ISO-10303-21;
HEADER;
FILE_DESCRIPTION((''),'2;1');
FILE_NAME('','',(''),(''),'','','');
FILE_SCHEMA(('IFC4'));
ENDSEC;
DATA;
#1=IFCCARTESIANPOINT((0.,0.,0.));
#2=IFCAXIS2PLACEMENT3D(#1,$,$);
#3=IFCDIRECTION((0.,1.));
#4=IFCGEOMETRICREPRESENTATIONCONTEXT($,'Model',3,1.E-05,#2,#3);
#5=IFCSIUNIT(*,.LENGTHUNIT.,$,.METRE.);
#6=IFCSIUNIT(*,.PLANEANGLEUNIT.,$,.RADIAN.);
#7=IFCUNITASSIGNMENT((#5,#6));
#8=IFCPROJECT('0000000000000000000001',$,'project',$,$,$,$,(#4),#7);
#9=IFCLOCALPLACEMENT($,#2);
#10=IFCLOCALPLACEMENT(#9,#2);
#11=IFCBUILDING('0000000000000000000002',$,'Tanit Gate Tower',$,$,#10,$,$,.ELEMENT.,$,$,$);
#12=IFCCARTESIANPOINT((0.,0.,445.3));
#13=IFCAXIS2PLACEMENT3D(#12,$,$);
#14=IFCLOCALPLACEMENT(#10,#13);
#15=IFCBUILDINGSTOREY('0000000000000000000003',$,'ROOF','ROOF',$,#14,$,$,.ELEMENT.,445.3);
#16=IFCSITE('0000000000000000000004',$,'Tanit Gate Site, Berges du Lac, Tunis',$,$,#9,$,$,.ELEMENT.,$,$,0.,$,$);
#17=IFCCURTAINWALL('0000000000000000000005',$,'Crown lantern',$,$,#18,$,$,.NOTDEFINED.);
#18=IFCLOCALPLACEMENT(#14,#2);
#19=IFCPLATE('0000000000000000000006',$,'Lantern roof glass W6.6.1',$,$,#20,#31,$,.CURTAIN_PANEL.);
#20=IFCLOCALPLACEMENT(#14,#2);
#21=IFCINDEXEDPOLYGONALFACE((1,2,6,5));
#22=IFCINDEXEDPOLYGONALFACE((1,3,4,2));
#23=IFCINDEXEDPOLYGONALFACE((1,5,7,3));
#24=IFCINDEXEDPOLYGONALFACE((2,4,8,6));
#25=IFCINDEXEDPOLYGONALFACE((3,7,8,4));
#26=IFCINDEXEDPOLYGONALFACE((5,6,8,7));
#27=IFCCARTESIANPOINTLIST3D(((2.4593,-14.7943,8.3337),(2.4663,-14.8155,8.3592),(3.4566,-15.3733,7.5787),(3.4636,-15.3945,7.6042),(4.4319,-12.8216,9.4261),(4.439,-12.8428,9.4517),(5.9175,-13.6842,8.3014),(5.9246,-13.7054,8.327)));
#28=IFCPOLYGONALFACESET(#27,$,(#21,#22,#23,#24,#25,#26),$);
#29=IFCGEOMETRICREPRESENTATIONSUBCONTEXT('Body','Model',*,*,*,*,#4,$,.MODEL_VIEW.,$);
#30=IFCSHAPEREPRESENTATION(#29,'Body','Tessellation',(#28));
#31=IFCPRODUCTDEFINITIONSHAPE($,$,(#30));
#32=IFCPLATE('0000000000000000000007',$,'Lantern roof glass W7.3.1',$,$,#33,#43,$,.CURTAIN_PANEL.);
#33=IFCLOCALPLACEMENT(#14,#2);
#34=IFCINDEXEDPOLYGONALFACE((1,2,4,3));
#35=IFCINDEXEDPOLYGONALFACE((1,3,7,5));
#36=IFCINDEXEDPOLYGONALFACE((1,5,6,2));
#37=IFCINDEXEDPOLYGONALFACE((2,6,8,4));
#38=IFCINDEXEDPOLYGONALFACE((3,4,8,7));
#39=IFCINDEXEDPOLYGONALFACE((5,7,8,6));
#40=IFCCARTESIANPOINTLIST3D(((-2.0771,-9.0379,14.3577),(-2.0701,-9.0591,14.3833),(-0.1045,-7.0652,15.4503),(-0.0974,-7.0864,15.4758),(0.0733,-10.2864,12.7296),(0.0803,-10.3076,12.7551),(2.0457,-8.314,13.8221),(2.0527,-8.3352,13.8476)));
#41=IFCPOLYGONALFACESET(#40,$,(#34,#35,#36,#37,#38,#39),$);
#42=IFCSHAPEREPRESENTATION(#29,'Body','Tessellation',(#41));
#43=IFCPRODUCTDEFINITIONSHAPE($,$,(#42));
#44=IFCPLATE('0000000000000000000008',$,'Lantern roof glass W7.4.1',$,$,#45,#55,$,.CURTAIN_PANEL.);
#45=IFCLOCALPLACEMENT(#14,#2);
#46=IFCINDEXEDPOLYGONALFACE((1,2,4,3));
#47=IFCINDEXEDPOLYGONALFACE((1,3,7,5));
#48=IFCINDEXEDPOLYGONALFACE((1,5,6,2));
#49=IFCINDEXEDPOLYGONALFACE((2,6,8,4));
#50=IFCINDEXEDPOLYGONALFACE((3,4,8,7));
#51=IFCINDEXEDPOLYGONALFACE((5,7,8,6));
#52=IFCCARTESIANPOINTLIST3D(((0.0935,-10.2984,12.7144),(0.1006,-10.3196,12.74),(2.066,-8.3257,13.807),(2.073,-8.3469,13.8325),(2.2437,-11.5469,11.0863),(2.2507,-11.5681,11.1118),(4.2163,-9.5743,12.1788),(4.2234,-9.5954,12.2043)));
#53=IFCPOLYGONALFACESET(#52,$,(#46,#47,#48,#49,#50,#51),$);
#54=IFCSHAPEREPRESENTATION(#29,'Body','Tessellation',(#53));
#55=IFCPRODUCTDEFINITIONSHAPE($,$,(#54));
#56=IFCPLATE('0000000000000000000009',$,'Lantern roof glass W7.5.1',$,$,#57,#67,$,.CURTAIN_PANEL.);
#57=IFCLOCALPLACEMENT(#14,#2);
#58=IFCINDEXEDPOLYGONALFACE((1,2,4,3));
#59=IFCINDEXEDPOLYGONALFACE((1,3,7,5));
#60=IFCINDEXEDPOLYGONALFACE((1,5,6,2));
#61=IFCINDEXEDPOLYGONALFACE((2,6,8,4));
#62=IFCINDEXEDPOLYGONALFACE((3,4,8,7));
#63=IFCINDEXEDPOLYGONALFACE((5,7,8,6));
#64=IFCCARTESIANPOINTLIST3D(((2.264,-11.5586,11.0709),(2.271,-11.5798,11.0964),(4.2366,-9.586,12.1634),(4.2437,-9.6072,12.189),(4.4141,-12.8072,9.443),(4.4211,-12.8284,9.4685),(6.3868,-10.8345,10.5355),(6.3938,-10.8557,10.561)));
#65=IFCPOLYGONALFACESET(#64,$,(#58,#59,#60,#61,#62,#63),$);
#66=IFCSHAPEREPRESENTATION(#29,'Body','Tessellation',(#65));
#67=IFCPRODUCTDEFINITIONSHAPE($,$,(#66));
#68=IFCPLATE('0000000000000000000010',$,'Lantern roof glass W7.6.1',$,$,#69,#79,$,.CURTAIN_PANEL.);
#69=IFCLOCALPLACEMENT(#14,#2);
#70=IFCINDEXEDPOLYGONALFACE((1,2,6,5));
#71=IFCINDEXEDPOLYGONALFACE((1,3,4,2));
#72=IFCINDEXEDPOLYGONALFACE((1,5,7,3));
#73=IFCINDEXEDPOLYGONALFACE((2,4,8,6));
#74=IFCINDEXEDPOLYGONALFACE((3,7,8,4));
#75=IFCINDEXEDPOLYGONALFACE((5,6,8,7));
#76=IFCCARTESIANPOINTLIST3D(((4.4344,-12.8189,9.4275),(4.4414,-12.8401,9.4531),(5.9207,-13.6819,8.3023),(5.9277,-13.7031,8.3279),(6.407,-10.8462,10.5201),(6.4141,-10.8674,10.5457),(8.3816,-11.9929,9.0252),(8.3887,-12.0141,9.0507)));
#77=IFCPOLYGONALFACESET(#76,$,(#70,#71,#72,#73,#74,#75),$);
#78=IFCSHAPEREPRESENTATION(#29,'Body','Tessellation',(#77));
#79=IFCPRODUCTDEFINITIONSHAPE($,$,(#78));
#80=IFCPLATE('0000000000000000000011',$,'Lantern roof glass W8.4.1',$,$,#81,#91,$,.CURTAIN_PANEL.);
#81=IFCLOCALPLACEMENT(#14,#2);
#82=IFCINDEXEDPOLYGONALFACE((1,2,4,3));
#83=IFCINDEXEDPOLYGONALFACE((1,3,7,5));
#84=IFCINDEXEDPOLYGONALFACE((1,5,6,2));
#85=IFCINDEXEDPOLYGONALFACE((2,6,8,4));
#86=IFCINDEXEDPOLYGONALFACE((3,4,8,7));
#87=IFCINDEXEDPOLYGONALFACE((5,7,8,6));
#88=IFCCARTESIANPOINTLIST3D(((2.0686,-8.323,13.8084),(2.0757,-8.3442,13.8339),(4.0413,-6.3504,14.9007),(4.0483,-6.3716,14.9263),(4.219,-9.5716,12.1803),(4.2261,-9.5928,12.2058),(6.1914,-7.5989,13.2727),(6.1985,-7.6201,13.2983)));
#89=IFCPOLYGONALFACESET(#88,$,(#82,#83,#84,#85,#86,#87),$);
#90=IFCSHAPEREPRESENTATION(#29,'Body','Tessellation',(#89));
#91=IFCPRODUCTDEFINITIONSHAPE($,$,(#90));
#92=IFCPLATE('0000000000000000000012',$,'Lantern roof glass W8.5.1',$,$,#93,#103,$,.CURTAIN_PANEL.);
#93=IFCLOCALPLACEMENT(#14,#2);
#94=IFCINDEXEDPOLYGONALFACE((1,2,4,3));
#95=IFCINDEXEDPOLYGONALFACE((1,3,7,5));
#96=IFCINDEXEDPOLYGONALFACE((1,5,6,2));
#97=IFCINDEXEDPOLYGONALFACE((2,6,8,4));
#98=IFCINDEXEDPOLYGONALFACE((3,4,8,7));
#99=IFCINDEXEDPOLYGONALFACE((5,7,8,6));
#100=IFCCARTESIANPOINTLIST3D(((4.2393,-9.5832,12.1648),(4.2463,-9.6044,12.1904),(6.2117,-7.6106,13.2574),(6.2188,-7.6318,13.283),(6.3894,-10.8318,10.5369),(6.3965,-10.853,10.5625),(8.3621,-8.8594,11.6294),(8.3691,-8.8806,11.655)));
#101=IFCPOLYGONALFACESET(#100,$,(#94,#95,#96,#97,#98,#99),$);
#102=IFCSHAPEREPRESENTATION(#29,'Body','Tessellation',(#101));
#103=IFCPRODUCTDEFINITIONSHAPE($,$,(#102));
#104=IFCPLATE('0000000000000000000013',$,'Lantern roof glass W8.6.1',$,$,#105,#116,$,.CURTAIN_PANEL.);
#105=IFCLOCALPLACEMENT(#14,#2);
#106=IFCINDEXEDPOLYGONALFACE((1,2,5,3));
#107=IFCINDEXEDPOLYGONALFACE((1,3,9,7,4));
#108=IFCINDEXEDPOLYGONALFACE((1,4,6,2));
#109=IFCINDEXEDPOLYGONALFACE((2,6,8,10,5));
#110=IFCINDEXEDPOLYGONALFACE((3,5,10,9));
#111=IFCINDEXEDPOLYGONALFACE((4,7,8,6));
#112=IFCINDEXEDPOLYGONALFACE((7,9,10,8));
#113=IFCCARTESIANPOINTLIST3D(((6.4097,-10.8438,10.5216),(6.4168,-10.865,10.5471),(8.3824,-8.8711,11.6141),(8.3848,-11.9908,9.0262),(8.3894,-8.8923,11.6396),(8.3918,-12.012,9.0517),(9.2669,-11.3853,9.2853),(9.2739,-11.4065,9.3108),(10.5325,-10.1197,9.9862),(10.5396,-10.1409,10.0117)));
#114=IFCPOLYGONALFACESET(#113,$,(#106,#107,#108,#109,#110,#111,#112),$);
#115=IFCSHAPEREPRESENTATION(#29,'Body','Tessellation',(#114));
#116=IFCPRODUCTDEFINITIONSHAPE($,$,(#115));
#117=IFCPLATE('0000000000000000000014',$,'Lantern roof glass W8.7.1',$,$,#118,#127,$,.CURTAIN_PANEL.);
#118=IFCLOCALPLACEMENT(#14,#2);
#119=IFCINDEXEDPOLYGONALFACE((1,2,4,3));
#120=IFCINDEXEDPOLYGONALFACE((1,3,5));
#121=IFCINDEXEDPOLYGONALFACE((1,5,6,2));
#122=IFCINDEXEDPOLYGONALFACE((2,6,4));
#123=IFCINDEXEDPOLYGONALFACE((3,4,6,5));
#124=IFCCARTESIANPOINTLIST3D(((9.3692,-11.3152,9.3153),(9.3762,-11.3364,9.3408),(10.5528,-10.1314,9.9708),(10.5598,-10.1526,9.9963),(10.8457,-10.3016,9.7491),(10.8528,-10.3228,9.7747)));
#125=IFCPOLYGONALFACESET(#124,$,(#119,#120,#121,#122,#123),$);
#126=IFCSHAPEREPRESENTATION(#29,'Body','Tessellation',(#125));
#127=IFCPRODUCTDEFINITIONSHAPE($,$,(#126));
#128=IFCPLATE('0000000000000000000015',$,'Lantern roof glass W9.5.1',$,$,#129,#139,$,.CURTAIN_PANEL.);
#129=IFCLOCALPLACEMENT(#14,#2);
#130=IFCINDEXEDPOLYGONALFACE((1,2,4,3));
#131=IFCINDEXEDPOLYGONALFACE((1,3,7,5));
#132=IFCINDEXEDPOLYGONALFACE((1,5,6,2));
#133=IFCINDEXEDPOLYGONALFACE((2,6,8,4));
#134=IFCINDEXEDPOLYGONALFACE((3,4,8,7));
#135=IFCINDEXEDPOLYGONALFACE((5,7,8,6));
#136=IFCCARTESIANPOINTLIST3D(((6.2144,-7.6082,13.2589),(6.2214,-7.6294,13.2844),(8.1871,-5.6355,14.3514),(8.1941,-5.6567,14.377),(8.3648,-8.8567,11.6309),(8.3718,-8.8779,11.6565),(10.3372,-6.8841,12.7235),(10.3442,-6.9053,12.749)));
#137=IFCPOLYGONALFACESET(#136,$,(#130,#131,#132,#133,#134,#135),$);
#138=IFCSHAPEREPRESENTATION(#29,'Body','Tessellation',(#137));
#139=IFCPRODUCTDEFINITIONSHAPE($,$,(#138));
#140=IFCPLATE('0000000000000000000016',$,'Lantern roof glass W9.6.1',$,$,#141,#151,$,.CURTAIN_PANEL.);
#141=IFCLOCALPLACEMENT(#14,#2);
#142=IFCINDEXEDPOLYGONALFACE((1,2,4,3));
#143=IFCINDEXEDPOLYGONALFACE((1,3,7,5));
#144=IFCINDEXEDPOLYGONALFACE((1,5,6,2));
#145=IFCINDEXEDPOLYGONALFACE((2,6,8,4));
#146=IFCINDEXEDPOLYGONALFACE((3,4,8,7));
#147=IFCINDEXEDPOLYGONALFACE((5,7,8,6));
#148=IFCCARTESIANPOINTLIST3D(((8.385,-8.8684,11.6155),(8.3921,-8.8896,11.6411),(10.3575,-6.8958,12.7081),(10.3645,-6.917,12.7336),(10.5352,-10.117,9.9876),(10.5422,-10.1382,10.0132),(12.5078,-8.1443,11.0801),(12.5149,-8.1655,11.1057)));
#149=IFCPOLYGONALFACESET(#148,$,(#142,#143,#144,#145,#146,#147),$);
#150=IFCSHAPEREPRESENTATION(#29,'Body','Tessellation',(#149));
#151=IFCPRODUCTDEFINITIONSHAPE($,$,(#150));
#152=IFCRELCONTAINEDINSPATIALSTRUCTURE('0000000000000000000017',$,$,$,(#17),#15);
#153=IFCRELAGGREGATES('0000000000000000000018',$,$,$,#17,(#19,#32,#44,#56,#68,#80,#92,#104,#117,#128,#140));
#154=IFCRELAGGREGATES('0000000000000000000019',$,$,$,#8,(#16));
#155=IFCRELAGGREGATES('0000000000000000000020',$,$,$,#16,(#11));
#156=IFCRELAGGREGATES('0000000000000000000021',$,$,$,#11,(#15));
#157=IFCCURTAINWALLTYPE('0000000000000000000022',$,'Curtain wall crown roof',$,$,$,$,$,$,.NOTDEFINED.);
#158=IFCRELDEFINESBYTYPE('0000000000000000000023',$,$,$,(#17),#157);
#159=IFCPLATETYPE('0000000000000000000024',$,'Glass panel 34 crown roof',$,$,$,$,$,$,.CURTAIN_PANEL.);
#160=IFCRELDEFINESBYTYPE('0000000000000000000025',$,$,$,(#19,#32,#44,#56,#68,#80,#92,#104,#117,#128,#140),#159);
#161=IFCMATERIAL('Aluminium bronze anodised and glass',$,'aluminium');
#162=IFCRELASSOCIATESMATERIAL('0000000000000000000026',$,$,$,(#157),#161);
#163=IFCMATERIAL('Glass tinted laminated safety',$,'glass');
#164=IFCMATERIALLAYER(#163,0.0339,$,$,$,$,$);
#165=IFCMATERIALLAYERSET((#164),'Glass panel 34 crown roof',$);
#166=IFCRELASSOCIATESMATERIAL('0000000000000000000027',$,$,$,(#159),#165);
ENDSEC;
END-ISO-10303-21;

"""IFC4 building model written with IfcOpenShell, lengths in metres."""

from ifc_helpers import new_model, si_unit, direction, frame, origin, place, context, subcontext, project, spatial, polyline, outline, extrude, material, layer, layer_set, type_object, element, aggregate, save


model = new_model("IFC4")

# Units and contexts
model_context = context("Model", 3, precision=1e-05, world=origin(), true_north=direction((0.0, 1.0)))
body_context = subcontext(model_context, "Body", "Model", "MODEL_VIEW")
ifc_project = project(units=[si_unit("LENGTHUNIT", "METRE"), si_unit("PLANEANGLEUNIT", "RADIAN")], contexts=[model_context])

# Site, building, storey
site_placement = place(None, origin())
site = spatial("IfcSite", under=ifc_project, at=site_placement, Name="Tanit Gate Site, Berges du Lac, Tunis", CompositionType="ELEMENT", RefElevation=0.0)
building_placement = place(site_placement, origin())
building = spatial("IfcBuilding", under=site, at=building_placement, Name="Tanit Gate Tower", CompositionType="ELEMENT")
storey_placement = place(building_placement, frame((0.0, 0.0, 445.3)))
storey = spatial("IfcBuildingStorey", under=building, at=storey_placement, Name="ROOF", Description="ROOF", CompositionType="ELEMENT", Elevation=445.3)

# Curtain wall, plates
ifc_material_1 = material(Name="Aluminium bronze anodised and glass", Category="aluminium")
curtain_wall_type = type_object("IfcCurtainWallType", Name="Curtain wall crown roof", PredefinedType="NOTDEFINED", material=ifc_material_1)
curtain_wall_placement = place(storey_placement, origin())
curtain_wall = element("IfcCurtainWall", 1, at=curtain_wall_placement, inside=storey, type_object=curtain_wall_type, Name="Crown lantern", PredefinedType="NOTDEFINED")
ifc_material_2 = material(Name="Glass tinted laminated safety", Category="glass")
ifc_layer = layer(ifc_material_2, 0.0339)
ifc_layer_set = layer_set([ifc_layer], Name="Glass panel 34 crown roof")
plate_type = type_object("IfcPlateType", Name="Glass panel 34 crown roof", PredefinedType="CURTAIN_PANEL", material=ifc_layer_set)
plate_1_placement = place(storey_placement, frame((4.439, -12.8428, 9.4517), z_axis=(0.207469, -0.624455, 0.753002), x_axis=(-0.65841, -0.658439, -0.364629)))
plate_1 = element("IfcPlate", 2, at=plate_1_placement, type_object=plate_type, Name="Lantern roof glass W6.6.1", PredefinedType="CURTAIN_PANEL", context=body_context, shape_type="SweptSolid", body=[
    extrude(outline(polyline([(0.0, 0.0), (2.9961, 0.0), (2.996, 1.3783), (-0.0001, 2.0533), (0.0, 0.0)])), origin(), (0.0, 0.0, -1.0), 0.0339),
])
plate_2_placement = place(storey_placement, frame((0.0803, -10.3076, 12.7551), z_axis=(0.207477, -0.624514, 0.752951), x_axis=(0.658403, 0.658417, 0.364682)))
plate_2 = element("IfcPlate", 3, at=plate_2_placement, type_object=plate_type, Name="Lantern roof glass W7.3.1", PredefinedType="CURTAIN_PANEL", context=body_context, shape_type="SweptSolid", body=[
    extrude(outline(polyline([(0.0, 0.0), (2.9957, 0.0), (2.9961, 2.9721), (0.0, 2.9722), (0.0, 0.0)])), origin(), (0.0, 0.0, -1.0), 0.0339),
])
plate_3_placement = place(storey_placement, frame((2.2507, -11.5681, 11.1118), z_axis=(0.207512, -0.624508, 0.752946), x_axis=(0.658415, 0.658422, 0.364649)))
plate_3 = element("IfcPlate", 4, at=plate_3_placement, type_object=plate_type, Name="Lantern roof glass W7.4.1", PredefinedType="CURTAIN_PANEL", context=body_context, shape_type="SweptSolid", body=[
    extrude(outline(polyline([(0.0, 0.0), (2.9961, 0.0), (2.996, 2.9722), (0.0001, 2.972), (0.0, 0.0)])), origin(), (0.0, 0.0, -1.0), 0.0339),
])
plate_4_placement = place(storey_placement, frame((4.4211, -12.8284, 9.4685), z_axis=(0.207468, -0.624492, 0.752972), x_axis=(0.658417, 0.658417, 0.364656)))
plate_4 = element("IfcPlate", 5, at=plate_4_placement, type_object=plate_type, Name="Lantern roof glass W7.5.1", PredefinedType="CURTAIN_PANEL", context=body_context, shape_type="SweptSolid", body=[
    extrude(outline(polyline([(0.0, 0.0), (2.9961, 0.0), (2.9961, 2.9719), (0.0, 2.9719), (0.0, 0.0)])), origin(), (0.0, 0.0, -1.0), 0.0339),
])
plate_5_placement = place(storey_placement, frame((6.4141, -10.8674, 10.5457), z_axis=(0.207419, -0.624483, 0.752993), x_axis=(-0.658421, -0.658406, -0.36467)))
plate_5 = element("IfcPlate", 6, at=plate_5_placement, type_object=plate_type, Name="Lantern roof glass W7.6.1", PredefinedType="CURTAIN_PANEL", context=body_context, shape_type="SweptSolid", body=[
    extrude(outline(polyline([(0.0, 0.0), (2.9961, 0.0), (2.996, 2.0543), (0.0, 2.7292), (0.0, 0.0)])), origin(), (0.0, 0.0, -1.0), 0.0339),
])
plate_6_placement = place(storey_placement, frame((4.2261, -9.5928, 12.2058), z_axis=(0.20751, -0.624475, 0.752974), x_axis=(0.658366, 0.658466, 0.364658)))
plate_6 = element("IfcPlate", 7, at=plate_6_placement, type_object=plate_type, Name="Lantern roof glass W8.4.1", PredefinedType="CURTAIN_PANEL", context=body_context, shape_type="SweptSolid", body=[
    extrude(outline(polyline([(0.0, 0.0), (2.9959, 0.0), (2.9961, 2.9719), (0.0001, 2.9722), (0.0, 0.0)])), origin(), (0.0, 0.0, -1.0), 0.0339),
])
plate_7_placement = place(storey_placement, frame((6.3965, -10.853, 10.5625), z_axis=(0.207432, -0.624488, 0.752985), x_axis=(0.658445, 0.658392, 0.36465)))
plate_7 = element("IfcPlate", 8, at=plate_7_placement, type_object=plate_type, Name="Lantern roof glass W8.5.1", PredefinedType="CURTAIN_PANEL", context=body_context, shape_type="SweptSolid", body=[
    extrude(outline(polyline([(0.0, 0.0), (2.9959, 0.0), (2.9958, 2.9722), (-0.0001, 2.9719), (0.0, 0.0)])), origin(), (0.0, 0.0, -1.0), 0.0339),
])
plate_8_placement = place(storey_placement, frame((8.3894, -8.8923, 11.6396), z_axis=(0.207471, -0.624479, 0.752981), x_axis=(-0.658414, -0.658426, -0.364645)))
plate_8 = element("IfcPlate", 9, at=plate_8_placement, type_object=plate_type, Name="Lantern roof glass W8.6.1", PredefinedType="CURTAIN_PANEL", context=body_context, shape_type="SweptSolid", body=[
    extrude(outline(polyline([(0.0, 0.0), (2.9961, 0.0), (2.9961, 2.73), (1.9222, 2.9719), (0.0, 2.9719), (0.0, 0.0)])), origin(), (0.0, 0.0, -1.0), 0.0339),
])
plate_9_placement = place(storey_placement, frame((10.5598, -10.1526, 9.9963), z_axis=(0.207291, -0.624301, 0.753179), x_axis=(-0.658358, -0.658494, -0.364623)))
plate_9 = element("IfcPlate", 10, at=plate_9_placement, type_object=plate_type, Name="Lantern roof glass W8.7.1", PredefinedType="CURTAIN_PANEL", context=body_context, shape_type="SweptSolid", body=[
    extrude(outline(polyline([(0.0, 0.0), (1.7978, 0.0), (0.0, 0.4049), (0.0, 0.0)])), origin(), (0.0, 0.0, -1.0), 0.0339),
])
plate_10_placement = place(storey_placement, frame((8.3718, -8.8779, 11.6565), z_axis=(0.207467, -0.624482, 0.75298), x_axis=(0.658373, 0.658447, 0.364681)))
plate_10 = element("IfcPlate", 11, at=plate_10_placement, type_object=plate_type, Name="Lantern roof glass W9.5.1", PredefinedType="CURTAIN_PANEL", context=body_context, shape_type="SweptSolid", body=[
    extrude(outline(polyline([(0.0, 0.0), (2.9959, 0.0), (2.9961, 2.9719), (0.0, 2.9721), (0.0, 0.0)])), origin(), (0.0, 0.0, -1.0), 0.0339),
])
plate_11_placement = place(storey_placement, frame((10.5422, -10.1382, 10.0132), z_axis=(0.207467, -0.624482, 0.75298), x_axis=(0.658415, 0.658422, 0.364649)))
plate_11 = element("IfcPlate", 12, at=plate_11_placement, type_object=plate_type, Name="Lantern roof glass W9.6.1", PredefinedType="CURTAIN_PANEL", context=body_context, shape_type="SweptSolid", body=[
    extrude(outline(polyline([(0.0, 0.0), (2.9961, 0.0), (2.9959, 2.9721), (0.0, 2.9719), (0.0, 0.0)])), origin(), (0.0, 0.0, -1.0), 0.0339),
])
aggregate(curtain_wall, [plate_1, plate_2, plate_3, plate_4, plate_5, plate_6, plate_7, plate_8, plate_9, plate_10, plate_11])

save(model, "model.ifc")
